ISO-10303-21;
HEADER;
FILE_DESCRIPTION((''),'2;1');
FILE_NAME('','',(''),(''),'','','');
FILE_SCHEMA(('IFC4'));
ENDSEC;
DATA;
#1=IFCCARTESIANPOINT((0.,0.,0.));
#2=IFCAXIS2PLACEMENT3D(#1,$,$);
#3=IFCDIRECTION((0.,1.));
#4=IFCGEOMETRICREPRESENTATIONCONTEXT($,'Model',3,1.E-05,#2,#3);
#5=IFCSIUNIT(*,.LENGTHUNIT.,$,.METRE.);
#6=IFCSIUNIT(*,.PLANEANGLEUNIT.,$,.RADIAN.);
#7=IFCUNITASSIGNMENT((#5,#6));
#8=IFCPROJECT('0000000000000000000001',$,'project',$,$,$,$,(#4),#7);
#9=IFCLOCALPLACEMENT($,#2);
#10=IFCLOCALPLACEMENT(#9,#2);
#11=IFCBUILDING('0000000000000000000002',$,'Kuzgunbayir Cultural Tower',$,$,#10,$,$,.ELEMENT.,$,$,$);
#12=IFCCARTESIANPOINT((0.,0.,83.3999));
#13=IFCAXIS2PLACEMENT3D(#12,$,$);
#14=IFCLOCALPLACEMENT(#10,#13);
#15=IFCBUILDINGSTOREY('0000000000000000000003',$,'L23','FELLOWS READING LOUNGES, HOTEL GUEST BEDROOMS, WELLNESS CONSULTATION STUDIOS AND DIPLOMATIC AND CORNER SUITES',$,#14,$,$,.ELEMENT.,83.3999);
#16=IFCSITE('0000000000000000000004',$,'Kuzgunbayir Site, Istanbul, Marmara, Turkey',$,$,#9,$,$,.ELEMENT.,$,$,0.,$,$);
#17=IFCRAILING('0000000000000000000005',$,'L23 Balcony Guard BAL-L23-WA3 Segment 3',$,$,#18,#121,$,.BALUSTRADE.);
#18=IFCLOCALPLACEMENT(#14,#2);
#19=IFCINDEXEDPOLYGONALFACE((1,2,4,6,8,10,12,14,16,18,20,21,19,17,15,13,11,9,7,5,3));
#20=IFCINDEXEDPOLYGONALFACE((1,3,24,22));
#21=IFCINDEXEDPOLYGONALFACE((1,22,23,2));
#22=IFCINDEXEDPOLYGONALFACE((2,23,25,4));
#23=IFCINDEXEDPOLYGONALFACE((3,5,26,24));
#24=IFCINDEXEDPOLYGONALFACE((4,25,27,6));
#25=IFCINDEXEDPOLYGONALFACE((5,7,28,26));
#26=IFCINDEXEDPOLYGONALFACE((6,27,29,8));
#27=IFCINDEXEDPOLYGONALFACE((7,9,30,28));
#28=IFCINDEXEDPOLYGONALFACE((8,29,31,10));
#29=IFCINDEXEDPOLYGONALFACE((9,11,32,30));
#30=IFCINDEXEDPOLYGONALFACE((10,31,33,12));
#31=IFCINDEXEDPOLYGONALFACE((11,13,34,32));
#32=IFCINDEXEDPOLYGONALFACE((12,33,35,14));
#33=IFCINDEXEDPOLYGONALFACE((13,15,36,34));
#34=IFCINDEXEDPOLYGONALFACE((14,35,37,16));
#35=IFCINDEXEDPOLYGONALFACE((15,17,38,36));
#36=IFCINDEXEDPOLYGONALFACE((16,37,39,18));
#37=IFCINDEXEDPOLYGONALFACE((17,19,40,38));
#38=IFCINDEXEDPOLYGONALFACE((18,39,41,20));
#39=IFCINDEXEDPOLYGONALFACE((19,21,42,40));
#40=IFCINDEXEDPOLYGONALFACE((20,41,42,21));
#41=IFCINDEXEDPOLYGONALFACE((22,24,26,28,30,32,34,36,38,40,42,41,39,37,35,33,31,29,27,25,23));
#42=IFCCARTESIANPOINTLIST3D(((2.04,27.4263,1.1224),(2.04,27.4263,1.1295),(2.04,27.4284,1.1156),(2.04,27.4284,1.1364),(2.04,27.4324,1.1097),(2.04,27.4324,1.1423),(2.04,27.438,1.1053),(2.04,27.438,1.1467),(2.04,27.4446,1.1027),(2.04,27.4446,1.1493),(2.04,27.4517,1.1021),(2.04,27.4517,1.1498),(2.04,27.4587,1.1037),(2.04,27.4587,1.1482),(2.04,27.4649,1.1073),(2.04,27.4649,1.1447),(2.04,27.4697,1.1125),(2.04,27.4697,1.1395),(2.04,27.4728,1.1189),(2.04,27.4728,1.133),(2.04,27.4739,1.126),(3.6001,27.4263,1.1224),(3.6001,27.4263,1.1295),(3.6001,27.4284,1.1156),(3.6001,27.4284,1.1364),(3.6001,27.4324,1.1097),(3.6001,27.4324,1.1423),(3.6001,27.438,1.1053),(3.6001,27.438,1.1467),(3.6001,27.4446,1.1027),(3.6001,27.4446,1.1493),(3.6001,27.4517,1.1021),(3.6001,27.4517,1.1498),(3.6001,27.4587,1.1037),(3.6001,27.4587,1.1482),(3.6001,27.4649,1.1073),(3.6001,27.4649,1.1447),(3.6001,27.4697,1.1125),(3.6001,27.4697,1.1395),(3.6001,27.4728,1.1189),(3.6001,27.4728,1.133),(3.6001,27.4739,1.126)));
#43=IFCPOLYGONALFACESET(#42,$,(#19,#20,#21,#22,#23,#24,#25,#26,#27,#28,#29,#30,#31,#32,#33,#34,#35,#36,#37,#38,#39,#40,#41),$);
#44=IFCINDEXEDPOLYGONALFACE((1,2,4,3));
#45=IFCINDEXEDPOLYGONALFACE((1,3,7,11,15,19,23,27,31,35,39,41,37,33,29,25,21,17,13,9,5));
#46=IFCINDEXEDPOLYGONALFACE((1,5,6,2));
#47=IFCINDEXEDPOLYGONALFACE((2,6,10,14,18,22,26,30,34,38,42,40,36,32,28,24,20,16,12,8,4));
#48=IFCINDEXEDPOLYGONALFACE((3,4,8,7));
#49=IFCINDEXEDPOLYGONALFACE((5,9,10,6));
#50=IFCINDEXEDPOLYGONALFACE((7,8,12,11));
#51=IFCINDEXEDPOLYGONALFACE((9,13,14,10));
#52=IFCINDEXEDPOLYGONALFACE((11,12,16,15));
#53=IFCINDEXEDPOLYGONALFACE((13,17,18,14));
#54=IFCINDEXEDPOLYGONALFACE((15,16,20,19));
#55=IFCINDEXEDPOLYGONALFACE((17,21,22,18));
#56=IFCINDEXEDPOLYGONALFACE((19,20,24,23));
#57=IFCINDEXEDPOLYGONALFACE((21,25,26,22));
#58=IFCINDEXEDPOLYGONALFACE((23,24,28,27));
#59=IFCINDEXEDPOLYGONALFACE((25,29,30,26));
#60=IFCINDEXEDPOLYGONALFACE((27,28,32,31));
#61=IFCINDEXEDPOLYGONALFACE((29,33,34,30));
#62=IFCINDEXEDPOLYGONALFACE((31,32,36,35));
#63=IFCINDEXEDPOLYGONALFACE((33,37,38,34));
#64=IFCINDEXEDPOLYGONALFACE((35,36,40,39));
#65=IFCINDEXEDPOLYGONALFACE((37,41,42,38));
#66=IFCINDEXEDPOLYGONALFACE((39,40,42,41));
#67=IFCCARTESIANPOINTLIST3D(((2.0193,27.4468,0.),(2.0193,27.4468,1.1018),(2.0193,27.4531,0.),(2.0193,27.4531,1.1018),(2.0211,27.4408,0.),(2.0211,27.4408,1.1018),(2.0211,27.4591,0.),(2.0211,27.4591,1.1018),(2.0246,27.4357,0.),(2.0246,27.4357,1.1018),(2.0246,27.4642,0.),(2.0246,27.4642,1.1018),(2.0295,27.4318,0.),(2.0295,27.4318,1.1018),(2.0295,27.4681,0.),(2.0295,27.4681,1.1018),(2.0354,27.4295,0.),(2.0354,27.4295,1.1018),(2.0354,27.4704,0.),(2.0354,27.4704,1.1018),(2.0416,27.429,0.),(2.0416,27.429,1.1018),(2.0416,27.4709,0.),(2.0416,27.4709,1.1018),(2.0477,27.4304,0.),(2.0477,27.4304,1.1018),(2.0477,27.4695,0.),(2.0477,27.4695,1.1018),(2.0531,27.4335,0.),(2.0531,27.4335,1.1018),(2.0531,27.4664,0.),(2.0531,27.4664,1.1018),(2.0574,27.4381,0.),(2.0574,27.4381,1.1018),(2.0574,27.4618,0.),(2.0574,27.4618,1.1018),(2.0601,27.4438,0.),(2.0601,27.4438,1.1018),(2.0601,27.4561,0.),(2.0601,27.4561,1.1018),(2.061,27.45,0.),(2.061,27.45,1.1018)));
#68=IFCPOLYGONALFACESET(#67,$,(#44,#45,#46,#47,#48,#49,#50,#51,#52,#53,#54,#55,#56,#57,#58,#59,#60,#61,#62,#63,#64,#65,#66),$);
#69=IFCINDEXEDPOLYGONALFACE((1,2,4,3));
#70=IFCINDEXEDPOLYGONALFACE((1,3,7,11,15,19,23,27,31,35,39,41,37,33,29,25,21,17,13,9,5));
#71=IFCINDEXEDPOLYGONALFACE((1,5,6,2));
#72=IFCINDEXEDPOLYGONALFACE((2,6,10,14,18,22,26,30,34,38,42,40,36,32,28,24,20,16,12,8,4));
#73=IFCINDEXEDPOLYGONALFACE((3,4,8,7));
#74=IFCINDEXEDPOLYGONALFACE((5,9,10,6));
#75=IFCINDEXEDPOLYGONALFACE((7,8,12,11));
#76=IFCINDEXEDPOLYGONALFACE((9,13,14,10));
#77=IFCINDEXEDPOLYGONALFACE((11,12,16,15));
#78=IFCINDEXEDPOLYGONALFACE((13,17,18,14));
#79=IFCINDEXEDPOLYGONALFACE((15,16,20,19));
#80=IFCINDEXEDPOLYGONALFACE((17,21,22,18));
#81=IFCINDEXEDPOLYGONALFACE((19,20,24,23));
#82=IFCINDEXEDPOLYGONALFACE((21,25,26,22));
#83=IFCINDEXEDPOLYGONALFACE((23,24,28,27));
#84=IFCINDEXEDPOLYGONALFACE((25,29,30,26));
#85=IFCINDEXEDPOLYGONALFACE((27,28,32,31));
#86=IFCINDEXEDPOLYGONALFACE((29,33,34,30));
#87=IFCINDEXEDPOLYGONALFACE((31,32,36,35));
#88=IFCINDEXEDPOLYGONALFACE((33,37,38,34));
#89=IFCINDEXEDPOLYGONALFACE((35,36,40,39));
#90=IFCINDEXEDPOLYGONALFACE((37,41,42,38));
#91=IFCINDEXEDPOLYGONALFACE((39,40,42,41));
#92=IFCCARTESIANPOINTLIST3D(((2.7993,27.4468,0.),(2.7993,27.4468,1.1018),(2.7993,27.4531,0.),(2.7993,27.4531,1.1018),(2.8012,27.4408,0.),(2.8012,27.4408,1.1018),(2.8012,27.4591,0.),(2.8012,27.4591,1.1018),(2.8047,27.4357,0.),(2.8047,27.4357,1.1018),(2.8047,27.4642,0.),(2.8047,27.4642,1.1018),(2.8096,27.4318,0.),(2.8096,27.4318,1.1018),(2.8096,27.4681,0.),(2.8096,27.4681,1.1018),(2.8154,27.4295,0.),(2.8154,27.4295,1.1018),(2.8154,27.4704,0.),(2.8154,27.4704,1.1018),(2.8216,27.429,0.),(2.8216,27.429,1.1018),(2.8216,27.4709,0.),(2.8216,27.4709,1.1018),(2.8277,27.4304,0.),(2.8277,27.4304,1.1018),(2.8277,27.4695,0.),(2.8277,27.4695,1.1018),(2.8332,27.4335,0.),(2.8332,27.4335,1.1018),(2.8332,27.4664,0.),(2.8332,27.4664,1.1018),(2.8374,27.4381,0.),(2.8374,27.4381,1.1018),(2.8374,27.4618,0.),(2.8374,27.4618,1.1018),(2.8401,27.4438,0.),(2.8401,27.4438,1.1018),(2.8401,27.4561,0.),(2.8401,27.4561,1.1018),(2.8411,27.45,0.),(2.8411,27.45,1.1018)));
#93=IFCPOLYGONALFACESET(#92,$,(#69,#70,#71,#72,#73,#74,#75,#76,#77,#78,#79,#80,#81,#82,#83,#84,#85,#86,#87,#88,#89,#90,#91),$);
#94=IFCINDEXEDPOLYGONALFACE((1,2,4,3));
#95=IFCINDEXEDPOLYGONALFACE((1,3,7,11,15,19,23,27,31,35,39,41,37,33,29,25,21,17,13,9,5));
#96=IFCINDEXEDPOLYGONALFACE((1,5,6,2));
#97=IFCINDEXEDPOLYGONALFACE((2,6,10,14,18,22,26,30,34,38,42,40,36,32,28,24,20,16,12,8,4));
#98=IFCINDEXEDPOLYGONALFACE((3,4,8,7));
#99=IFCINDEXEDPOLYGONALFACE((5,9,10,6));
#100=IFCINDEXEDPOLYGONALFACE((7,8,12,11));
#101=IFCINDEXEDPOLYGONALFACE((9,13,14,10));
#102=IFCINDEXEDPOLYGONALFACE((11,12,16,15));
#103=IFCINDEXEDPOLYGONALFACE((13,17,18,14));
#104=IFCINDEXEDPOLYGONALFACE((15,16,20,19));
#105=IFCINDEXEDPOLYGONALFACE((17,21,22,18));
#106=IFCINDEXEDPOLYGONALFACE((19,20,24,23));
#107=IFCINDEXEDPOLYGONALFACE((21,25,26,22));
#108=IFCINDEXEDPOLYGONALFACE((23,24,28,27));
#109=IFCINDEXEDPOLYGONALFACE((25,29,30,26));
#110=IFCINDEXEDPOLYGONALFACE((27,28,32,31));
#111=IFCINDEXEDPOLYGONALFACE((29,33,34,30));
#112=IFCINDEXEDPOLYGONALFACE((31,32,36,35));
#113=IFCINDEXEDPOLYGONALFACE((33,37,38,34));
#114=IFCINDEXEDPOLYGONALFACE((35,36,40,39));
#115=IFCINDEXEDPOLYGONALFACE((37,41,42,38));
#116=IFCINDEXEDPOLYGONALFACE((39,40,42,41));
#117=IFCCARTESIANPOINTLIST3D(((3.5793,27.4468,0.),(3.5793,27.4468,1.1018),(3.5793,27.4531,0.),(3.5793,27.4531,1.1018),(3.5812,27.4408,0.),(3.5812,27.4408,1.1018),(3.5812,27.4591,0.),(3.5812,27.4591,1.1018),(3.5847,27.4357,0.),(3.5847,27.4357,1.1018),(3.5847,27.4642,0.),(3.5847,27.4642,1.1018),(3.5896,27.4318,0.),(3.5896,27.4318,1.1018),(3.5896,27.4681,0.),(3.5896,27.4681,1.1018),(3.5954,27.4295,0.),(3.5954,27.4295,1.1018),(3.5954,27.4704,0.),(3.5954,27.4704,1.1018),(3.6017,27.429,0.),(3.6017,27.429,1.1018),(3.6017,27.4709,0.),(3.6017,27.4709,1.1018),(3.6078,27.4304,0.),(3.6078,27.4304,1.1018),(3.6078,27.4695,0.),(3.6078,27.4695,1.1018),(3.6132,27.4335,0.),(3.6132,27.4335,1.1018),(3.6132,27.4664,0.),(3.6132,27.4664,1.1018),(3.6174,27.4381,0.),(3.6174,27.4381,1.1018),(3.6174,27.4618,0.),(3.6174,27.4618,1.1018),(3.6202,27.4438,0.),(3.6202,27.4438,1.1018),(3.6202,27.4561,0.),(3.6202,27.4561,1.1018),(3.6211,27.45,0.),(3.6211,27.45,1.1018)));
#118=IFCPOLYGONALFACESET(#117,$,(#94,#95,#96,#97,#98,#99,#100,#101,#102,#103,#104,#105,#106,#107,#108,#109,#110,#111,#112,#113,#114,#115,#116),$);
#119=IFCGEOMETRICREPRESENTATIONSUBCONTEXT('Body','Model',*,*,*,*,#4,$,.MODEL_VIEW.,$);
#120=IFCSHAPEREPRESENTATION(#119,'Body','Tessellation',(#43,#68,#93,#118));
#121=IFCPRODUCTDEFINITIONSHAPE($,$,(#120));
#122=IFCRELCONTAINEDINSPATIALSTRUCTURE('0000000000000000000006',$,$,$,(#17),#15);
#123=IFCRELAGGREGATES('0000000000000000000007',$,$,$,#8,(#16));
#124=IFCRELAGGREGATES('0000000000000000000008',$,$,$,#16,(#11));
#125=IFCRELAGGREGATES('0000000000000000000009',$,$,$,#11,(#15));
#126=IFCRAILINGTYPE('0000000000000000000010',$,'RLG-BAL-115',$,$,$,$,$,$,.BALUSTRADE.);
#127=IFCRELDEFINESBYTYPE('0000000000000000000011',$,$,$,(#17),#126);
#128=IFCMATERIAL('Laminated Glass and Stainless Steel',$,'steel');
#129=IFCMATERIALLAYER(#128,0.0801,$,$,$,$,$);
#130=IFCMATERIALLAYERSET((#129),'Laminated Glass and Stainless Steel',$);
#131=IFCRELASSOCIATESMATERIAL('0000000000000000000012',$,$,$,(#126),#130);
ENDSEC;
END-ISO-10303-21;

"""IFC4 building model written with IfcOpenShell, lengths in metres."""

from ifc_helpers import new_model, si_unit, direction, frame, origin, origin_2d, place, context, subcontext, project, spatial, circle, extrude, material, layer, layer_set, type_object, element, save


model = new_model("IFC4")

# Units and contexts
model_context = context("Model", 3, precision=1e-05, world=origin(), true_north=direction((0.0, 1.0)))
body_context = subcontext(model_context, "Body", "Model", "MODEL_VIEW")
ifc_project = project(units=[si_unit("LENGTHUNIT", "METRE"), si_unit("PLANEANGLEUNIT", "RADIAN")], contexts=[model_context])

# Site, building, storey
site_placement = place(None, origin())
site = spatial("IfcSite", under=ifc_project, at=site_placement, Name="Kuzgunbayir Site, Istanbul, Marmara, Turkey", CompositionType="ELEMENT", RefElevation=0.0)
building_placement = place(site_placement, origin())
building = spatial("IfcBuilding", under=site, at=building_placement, Name="Kuzgunbayir Cultural Tower", CompositionType="ELEMENT")
storey_placement = place(building_placement, frame((0.0, 0.0, 83.3999)))
storey = spatial("IfcBuildingStorey", under=building, at=storey_placement, Name="L23", Description="FELLOWS READING LOUNGES, HOTEL GUEST BEDROOMS, WELLNESS CONSULTATION STUDIOS AND DIPLOMATIC AND CORNER SUITES", CompositionType="ELEMENT", Elevation=83.3999)

# Railing
ifc_material_1 = material(Name="Laminated Glass and Stainless Steel", Category="steel")
ifc_layer_1 = layer(ifc_material_1, 0.0801)
ifc_layer_set_1 = layer_set([ifc_layer_1], Name="Laminated Glass and Stainless Steel")
railing_type = type_object("IfcRailingType", Name="RLG-BAL-115", PredefinedType="BALUSTRADE", material=ifc_layer_set_1)
railing_1_placement = place(storey_placement, frame((2.04, 27.45, 0.0)))
element("IfcRailing", 1, at=railing_1_placement, inside=storey, type_object=railing_type, Name="L23 Balcony Guard BAL-L23-WA3 Segment 3", PredefinedType="BALUSTRADE", context=body_context, shape_type="SweptSolid", body=[
    extrude(circle(Radius=0.0239, at=origin_2d()), frame((0.0, 0.0, 1.126), z_axis=(1.0, 0.0, 0.0), x_axis=(0.0, 1.0, 0.0)), (0.0, 0.0, 1.0), 1.5601),
    extrude(circle(Radius=0.021, at=origin_2d()), origin(), (0.0, 0.0, 1.0), 1.1018),
    extrude(circle(Radius=0.021, at=origin_2d()), frame((0.78, 0.0, 0.0)), (0.0, 0.0, 1.0), 1.1018),
    extrude(circle(Radius=0.021, at=origin_2d()), frame((1.5601, 0.0, 0.0)), (0.0, 0.0, 1.0), 1.1018),
])

save(model, "model.ifc")
